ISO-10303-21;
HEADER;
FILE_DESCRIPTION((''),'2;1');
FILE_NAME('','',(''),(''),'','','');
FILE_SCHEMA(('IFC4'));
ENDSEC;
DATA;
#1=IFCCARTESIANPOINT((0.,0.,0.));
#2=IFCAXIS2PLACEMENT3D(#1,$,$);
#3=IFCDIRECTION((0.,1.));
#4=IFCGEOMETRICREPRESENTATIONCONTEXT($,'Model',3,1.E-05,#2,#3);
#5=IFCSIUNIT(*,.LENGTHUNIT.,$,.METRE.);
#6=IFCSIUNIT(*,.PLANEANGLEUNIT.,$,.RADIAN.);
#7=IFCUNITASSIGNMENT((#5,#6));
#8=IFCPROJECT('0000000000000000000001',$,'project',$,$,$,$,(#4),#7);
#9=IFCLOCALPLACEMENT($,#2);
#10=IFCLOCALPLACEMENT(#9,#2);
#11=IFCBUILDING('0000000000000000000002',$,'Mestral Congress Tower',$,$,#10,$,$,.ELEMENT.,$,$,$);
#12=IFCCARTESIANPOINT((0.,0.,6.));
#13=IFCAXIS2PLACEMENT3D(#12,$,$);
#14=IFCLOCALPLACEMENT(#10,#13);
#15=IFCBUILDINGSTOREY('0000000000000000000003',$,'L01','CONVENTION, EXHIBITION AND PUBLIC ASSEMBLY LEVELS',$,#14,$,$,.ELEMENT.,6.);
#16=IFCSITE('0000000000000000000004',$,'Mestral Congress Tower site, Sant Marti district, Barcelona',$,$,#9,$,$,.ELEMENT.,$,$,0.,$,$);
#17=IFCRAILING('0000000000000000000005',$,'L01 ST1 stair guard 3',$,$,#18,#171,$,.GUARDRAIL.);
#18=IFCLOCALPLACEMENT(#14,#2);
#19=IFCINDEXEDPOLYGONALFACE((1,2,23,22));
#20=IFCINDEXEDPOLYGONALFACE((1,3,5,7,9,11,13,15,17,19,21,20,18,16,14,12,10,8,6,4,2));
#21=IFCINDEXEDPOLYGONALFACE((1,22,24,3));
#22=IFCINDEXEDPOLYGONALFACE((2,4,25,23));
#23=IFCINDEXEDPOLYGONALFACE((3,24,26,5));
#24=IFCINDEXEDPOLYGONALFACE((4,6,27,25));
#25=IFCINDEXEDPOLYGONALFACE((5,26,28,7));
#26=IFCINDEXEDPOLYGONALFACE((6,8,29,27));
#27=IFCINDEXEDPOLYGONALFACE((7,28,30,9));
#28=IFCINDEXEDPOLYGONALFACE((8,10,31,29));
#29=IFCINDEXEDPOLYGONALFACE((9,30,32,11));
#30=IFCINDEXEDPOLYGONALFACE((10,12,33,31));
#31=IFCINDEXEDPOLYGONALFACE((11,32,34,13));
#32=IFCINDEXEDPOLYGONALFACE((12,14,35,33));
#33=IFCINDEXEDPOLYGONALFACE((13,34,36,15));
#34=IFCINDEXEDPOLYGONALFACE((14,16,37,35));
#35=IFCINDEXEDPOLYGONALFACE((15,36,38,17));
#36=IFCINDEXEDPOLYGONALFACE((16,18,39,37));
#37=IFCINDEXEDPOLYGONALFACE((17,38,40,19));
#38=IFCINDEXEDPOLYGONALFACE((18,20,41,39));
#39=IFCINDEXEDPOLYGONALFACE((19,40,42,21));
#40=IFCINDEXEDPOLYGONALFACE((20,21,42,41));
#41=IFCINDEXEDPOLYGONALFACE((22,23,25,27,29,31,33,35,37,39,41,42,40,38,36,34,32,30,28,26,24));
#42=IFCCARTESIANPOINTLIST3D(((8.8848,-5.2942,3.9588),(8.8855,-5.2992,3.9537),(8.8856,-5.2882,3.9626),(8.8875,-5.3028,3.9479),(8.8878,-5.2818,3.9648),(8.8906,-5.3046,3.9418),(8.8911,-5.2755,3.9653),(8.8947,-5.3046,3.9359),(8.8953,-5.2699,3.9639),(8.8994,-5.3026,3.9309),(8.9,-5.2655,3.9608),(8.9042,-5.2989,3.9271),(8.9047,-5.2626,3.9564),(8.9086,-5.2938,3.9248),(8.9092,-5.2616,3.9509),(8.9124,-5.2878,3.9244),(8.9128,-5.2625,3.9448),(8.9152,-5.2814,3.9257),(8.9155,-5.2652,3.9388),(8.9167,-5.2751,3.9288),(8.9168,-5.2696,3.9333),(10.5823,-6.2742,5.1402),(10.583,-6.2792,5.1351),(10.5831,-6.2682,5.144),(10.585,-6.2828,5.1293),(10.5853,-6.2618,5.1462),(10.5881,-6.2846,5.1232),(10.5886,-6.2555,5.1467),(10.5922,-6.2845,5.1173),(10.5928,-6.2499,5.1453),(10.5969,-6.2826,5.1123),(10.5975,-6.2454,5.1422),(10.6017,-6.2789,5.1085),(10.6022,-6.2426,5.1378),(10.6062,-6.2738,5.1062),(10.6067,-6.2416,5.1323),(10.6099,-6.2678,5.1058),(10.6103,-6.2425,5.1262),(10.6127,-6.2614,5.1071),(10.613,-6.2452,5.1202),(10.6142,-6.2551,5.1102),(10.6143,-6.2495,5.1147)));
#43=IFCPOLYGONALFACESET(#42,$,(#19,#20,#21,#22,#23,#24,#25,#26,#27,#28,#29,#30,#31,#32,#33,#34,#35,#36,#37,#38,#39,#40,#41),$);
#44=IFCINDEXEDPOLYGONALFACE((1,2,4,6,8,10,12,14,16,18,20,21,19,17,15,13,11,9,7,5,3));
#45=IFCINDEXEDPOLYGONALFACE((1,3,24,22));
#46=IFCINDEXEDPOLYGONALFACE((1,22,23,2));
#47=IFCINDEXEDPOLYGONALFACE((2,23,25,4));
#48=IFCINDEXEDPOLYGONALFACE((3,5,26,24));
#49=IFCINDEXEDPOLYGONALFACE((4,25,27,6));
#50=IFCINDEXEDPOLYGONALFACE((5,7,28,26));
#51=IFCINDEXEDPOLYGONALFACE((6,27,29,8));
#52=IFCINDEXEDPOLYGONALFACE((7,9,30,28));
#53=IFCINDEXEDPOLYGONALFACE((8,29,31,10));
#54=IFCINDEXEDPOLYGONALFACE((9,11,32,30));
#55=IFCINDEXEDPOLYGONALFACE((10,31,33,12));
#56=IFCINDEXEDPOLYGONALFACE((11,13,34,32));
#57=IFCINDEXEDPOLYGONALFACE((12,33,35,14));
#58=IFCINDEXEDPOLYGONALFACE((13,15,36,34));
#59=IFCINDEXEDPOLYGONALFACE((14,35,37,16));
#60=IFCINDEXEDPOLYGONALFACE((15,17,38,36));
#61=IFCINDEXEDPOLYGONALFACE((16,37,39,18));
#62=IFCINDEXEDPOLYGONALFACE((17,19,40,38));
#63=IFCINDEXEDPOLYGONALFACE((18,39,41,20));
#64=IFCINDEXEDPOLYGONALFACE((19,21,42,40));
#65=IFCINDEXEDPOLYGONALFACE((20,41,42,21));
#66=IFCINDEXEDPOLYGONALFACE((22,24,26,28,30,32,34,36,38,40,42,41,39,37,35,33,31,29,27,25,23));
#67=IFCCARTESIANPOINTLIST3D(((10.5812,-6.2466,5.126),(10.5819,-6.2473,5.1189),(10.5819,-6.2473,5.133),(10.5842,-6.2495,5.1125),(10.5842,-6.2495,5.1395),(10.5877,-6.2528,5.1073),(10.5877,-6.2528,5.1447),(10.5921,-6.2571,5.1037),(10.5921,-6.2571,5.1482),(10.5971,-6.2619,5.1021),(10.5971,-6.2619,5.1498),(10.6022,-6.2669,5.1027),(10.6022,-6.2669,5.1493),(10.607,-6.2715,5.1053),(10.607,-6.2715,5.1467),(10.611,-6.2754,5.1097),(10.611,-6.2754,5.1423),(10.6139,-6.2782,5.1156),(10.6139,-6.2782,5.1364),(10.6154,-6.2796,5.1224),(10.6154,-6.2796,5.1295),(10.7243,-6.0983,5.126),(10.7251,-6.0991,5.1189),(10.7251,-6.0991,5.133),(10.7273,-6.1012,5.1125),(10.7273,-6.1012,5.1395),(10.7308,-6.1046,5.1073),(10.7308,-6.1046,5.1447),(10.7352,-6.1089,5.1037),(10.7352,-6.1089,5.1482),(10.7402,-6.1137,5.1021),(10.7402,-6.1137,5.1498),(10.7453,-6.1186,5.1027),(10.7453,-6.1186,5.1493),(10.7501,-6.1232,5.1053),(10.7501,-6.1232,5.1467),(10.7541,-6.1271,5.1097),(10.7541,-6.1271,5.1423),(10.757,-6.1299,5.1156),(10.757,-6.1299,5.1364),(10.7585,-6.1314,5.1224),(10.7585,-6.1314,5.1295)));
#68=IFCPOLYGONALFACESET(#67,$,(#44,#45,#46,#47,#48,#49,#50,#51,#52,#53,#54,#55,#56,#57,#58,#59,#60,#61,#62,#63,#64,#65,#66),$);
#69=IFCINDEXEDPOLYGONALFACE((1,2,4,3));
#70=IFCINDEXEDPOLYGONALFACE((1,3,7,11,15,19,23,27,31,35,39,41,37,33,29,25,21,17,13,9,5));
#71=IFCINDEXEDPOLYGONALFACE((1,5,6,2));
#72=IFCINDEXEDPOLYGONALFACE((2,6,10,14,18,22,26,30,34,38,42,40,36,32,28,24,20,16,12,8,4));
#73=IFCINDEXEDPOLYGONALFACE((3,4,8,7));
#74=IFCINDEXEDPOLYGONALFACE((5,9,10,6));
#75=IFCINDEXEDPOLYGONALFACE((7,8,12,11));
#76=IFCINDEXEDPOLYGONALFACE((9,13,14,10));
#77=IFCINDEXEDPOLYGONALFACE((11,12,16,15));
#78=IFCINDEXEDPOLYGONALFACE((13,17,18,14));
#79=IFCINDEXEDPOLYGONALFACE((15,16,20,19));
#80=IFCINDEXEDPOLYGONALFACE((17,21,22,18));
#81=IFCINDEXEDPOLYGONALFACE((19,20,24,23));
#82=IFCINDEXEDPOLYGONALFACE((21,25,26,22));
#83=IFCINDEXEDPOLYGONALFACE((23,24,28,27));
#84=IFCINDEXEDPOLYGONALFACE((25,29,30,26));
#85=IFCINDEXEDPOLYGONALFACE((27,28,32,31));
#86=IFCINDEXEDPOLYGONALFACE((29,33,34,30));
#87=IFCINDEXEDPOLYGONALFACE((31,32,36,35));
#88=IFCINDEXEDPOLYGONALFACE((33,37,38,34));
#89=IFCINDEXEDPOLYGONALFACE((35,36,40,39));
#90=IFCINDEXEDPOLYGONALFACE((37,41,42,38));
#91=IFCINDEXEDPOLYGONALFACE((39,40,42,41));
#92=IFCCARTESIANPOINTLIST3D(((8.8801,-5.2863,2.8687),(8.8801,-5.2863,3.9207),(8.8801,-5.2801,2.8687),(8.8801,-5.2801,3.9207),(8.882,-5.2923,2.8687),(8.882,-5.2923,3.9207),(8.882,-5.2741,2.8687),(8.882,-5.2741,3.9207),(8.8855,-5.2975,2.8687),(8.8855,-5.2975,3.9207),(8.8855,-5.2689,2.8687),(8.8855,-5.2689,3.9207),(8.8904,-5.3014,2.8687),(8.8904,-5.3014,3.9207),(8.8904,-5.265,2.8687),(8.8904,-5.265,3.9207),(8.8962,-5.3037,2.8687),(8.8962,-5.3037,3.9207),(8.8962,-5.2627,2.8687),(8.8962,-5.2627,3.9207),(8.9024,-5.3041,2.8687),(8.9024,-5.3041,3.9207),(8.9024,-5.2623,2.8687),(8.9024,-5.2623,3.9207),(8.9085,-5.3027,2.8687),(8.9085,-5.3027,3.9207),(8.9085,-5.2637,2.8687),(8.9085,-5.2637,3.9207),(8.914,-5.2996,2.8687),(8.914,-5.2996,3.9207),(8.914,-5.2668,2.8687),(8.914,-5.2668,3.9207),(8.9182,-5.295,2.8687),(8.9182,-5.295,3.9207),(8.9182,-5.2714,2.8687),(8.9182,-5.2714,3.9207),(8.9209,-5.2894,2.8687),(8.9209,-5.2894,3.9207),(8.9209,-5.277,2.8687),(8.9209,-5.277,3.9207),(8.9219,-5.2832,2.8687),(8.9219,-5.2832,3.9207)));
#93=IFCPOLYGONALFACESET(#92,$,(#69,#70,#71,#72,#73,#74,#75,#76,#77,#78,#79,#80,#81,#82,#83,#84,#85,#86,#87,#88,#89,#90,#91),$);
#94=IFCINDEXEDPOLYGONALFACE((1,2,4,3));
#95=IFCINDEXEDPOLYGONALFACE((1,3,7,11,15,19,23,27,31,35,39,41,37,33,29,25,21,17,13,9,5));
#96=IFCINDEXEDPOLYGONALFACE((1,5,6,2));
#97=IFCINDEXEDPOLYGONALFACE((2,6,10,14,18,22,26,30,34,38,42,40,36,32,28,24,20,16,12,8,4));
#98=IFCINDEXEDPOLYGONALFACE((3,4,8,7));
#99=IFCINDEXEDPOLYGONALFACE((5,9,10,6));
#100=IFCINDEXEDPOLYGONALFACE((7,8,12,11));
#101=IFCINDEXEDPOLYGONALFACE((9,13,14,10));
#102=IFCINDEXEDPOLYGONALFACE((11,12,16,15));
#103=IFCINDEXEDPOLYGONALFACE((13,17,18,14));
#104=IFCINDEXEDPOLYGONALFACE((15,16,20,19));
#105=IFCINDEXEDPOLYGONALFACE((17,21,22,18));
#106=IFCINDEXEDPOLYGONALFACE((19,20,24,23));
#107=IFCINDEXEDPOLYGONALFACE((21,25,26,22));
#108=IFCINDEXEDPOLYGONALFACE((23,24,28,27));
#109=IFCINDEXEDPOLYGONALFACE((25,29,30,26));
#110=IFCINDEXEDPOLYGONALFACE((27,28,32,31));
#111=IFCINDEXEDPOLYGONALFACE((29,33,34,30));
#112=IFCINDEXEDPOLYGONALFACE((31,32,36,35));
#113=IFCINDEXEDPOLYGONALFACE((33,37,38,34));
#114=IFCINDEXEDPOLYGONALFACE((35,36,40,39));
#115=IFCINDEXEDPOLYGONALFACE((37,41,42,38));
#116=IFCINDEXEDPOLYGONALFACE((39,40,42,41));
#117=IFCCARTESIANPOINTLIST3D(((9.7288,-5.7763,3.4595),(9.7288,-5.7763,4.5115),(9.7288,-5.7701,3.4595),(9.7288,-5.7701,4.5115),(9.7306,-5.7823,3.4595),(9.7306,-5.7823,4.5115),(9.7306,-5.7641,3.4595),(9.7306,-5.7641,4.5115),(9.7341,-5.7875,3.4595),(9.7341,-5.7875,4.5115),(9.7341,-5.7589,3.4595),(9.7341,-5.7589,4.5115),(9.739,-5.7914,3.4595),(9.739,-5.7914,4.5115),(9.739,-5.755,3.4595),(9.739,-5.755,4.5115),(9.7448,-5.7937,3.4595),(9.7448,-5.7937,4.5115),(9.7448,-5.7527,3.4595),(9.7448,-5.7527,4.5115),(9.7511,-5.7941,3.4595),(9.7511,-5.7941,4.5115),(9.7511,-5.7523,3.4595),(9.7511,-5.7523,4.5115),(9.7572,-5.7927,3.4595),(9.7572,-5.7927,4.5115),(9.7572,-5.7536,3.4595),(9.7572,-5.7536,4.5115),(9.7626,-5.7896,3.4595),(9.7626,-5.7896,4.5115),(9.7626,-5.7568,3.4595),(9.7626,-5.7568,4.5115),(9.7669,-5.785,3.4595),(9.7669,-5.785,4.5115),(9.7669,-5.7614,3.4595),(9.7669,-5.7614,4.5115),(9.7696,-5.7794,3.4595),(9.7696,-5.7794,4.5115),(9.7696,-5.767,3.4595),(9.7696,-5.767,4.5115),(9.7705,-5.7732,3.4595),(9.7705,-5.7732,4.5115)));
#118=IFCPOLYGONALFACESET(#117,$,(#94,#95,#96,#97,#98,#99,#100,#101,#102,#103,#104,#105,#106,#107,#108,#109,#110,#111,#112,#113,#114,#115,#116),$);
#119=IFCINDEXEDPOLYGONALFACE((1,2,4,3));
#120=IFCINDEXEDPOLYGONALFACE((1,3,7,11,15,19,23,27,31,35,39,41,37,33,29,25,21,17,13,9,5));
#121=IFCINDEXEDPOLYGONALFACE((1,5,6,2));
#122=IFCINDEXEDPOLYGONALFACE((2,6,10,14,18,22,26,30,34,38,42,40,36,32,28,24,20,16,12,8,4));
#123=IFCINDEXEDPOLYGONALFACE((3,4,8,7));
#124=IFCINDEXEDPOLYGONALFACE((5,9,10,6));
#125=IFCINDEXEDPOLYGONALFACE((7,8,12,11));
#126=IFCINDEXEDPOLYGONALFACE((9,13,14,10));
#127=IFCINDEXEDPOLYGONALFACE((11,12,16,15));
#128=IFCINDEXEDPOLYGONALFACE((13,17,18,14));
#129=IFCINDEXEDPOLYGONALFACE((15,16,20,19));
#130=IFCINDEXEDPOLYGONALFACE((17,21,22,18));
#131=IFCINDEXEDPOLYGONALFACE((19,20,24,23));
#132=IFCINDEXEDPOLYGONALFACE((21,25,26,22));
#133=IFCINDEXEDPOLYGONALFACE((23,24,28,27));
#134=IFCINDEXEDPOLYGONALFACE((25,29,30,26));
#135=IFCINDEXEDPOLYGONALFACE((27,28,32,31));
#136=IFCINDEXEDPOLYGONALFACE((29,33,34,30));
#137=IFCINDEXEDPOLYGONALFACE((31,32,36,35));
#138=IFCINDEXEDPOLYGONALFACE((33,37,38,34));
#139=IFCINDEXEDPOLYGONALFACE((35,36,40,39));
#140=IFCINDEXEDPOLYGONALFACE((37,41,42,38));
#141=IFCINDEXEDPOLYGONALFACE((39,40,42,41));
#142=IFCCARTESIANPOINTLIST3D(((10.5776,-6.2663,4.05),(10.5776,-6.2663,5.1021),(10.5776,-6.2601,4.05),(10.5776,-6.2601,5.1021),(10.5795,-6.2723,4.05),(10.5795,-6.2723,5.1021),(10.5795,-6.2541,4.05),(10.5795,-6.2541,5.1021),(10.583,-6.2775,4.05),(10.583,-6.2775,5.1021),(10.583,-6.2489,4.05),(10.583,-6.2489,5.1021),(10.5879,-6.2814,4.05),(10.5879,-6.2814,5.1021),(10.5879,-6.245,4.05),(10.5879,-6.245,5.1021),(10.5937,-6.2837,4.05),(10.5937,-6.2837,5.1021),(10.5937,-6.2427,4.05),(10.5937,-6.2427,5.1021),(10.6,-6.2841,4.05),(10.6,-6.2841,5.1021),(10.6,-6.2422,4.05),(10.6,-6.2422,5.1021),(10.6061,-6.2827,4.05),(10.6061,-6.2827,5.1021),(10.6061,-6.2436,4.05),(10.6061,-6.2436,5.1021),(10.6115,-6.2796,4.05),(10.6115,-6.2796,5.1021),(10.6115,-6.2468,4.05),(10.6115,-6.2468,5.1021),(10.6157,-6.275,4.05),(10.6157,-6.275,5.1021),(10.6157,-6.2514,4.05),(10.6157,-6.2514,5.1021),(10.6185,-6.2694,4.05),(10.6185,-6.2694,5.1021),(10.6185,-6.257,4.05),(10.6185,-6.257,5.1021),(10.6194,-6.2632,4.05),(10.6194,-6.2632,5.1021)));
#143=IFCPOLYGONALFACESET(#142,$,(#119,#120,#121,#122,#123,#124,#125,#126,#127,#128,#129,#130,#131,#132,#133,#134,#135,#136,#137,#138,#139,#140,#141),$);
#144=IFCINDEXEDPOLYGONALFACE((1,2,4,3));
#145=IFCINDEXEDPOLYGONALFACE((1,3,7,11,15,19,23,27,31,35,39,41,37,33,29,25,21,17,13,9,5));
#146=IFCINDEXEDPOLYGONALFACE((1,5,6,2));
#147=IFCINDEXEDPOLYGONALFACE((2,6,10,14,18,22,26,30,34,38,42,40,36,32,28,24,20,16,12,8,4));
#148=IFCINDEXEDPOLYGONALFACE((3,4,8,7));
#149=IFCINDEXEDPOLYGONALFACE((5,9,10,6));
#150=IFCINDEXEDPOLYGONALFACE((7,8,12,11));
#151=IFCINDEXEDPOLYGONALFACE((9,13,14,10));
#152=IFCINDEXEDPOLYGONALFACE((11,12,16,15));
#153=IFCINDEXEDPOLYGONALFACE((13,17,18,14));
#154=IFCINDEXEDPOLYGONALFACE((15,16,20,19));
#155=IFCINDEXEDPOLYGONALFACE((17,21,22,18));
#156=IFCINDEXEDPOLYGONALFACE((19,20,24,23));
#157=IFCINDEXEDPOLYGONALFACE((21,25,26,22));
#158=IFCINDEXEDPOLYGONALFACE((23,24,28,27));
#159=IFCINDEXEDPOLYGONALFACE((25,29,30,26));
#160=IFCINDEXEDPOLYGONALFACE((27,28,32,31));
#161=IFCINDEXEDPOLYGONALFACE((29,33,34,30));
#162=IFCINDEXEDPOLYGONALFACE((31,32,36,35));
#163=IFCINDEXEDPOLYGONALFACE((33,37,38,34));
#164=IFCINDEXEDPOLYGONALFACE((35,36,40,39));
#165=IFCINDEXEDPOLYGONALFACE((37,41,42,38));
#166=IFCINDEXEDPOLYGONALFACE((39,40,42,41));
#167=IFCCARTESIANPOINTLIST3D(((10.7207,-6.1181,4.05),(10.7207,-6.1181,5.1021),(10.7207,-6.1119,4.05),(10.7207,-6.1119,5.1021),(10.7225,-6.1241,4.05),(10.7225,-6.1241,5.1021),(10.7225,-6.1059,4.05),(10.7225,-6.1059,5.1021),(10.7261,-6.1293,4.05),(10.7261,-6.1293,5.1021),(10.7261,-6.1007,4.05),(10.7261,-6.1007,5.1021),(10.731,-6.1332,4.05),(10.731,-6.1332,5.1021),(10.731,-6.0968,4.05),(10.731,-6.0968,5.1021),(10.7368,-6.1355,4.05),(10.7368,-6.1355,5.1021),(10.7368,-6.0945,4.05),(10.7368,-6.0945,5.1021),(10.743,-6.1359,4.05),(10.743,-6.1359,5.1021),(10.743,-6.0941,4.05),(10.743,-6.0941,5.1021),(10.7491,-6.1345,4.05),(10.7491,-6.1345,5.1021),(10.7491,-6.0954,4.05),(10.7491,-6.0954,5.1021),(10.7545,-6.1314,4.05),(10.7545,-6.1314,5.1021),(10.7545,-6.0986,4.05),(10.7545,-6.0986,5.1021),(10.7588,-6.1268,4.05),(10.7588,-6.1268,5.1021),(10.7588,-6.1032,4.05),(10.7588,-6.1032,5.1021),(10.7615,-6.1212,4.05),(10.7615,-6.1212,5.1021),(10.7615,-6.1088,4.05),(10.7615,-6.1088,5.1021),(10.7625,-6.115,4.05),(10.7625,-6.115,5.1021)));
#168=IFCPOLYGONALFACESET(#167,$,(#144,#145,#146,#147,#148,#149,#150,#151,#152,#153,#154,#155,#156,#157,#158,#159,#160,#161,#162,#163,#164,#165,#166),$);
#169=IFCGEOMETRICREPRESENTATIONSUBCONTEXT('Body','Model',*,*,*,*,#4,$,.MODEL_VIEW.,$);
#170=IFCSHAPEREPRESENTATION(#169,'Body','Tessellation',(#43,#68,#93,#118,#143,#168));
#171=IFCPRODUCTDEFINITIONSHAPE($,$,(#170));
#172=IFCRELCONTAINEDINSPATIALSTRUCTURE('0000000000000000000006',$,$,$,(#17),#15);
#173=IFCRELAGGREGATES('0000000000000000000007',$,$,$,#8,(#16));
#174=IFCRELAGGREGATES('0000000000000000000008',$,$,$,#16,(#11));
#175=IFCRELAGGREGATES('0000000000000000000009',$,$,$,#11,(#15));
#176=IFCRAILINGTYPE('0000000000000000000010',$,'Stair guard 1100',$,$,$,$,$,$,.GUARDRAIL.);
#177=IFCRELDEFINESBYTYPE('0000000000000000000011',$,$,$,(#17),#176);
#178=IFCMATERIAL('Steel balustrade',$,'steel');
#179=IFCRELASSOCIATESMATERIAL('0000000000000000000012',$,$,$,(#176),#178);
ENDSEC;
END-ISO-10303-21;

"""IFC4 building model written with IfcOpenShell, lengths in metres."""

from ifc_helpers import new_model, si_unit, direction, frame, origin, origin_2d, place, context, subcontext, project, spatial, circle, extrude, material, type_object, element, save


model = new_model("IFC4")

# Units and contexts
model_context = context("Model", 3, precision=1e-05, world=origin(), true_north=direction((0.0, 1.0)))
body_context = subcontext(model_context, "Body", "Model", "MODEL_VIEW")
ifc_project = project(units=[si_unit("LENGTHUNIT", "METRE"), si_unit("PLANEANGLEUNIT", "RADIAN")], contexts=[model_context])

# Site, building, storey
site_placement = place(None, origin())
site = spatial("IfcSite", under=ifc_project, at=site_placement, Name="Mestral Congress Tower site, Sant Marti district, Barcelona", CompositionType="ELEMENT", RefElevation=0.0)
building_placement = place(site_placement, origin())
building = spatial("IfcBuilding", under=site, at=building_placement, Name="Mestral Congress Tower", CompositionType="ELEMENT")
storey_placement = place(building_placement, frame((0.0, 0.0, 6.0)))
storey = spatial("IfcBuildingStorey", under=building, at=storey_placement, Name="L01", Description="CONVENTION, EXHIBITION AND PUBLIC ASSEMBLY LEVELS", CompositionType="ELEMENT", Elevation=6.0)

# Railing
ifc_material_1 = material(Name="Steel balustrade", Category="steel")
railing_type = type_object("IfcRailingType", Name="Stair guard 1100", PredefinedType="GUARDRAIL", material=ifc_material_1)
railing_placement = place(storey_placement, frame((8.9009, -5.2832, 2.8687)))
element("IfcRailing", 1, at=railing_placement, inside=storey, type_object=railing_type, Name="L01 ST1 stair guard 3", PredefinedType="GUARDRAIL", context=body_context, shape_type="SweptSolid", body=[
    extrude(circle(Radius=0.0239, at=origin_2d()), frame((0.0, 0.0, 1.0762), z_axis=(0.741731, -0.428205, 0.516214), x_axis=(0.49997, 0.866042, 0.0)), (0.0, 0.0, 1.0), 2.2886),
    extrude(circle(Radius=0.0239, at=origin_2d()), frame((1.6975, -0.98, 2.2573), z_axis=(0.694552, 0.719442, 0.0), x_axis=(-0.719442, 0.694552, 0.0)), (0.0, 0.0, 1.0), 0.2061),
    extrude(circle(Radius=0.021, at=origin_2d()), origin(), (0.0, 0.0, 1.0), 1.052),
    extrude(circle(Radius=0.021, at=origin_2d()), frame((0.8486, -0.49, 0.5908)), (0.0, 0.0, 1.0), 1.052),
    extrude(circle(Radius=0.021, at=origin_2d()), frame((1.6975, -0.98, 1.1814)), (0.0, 0.0, 1.0), 1.052),
    extrude(circle(Radius=0.021, at=origin_2d()), frame((1.8406, -0.8318, 1.1814)), (0.0, 0.0, 1.0), 1.052),
])

save(model, "model.ifc")
